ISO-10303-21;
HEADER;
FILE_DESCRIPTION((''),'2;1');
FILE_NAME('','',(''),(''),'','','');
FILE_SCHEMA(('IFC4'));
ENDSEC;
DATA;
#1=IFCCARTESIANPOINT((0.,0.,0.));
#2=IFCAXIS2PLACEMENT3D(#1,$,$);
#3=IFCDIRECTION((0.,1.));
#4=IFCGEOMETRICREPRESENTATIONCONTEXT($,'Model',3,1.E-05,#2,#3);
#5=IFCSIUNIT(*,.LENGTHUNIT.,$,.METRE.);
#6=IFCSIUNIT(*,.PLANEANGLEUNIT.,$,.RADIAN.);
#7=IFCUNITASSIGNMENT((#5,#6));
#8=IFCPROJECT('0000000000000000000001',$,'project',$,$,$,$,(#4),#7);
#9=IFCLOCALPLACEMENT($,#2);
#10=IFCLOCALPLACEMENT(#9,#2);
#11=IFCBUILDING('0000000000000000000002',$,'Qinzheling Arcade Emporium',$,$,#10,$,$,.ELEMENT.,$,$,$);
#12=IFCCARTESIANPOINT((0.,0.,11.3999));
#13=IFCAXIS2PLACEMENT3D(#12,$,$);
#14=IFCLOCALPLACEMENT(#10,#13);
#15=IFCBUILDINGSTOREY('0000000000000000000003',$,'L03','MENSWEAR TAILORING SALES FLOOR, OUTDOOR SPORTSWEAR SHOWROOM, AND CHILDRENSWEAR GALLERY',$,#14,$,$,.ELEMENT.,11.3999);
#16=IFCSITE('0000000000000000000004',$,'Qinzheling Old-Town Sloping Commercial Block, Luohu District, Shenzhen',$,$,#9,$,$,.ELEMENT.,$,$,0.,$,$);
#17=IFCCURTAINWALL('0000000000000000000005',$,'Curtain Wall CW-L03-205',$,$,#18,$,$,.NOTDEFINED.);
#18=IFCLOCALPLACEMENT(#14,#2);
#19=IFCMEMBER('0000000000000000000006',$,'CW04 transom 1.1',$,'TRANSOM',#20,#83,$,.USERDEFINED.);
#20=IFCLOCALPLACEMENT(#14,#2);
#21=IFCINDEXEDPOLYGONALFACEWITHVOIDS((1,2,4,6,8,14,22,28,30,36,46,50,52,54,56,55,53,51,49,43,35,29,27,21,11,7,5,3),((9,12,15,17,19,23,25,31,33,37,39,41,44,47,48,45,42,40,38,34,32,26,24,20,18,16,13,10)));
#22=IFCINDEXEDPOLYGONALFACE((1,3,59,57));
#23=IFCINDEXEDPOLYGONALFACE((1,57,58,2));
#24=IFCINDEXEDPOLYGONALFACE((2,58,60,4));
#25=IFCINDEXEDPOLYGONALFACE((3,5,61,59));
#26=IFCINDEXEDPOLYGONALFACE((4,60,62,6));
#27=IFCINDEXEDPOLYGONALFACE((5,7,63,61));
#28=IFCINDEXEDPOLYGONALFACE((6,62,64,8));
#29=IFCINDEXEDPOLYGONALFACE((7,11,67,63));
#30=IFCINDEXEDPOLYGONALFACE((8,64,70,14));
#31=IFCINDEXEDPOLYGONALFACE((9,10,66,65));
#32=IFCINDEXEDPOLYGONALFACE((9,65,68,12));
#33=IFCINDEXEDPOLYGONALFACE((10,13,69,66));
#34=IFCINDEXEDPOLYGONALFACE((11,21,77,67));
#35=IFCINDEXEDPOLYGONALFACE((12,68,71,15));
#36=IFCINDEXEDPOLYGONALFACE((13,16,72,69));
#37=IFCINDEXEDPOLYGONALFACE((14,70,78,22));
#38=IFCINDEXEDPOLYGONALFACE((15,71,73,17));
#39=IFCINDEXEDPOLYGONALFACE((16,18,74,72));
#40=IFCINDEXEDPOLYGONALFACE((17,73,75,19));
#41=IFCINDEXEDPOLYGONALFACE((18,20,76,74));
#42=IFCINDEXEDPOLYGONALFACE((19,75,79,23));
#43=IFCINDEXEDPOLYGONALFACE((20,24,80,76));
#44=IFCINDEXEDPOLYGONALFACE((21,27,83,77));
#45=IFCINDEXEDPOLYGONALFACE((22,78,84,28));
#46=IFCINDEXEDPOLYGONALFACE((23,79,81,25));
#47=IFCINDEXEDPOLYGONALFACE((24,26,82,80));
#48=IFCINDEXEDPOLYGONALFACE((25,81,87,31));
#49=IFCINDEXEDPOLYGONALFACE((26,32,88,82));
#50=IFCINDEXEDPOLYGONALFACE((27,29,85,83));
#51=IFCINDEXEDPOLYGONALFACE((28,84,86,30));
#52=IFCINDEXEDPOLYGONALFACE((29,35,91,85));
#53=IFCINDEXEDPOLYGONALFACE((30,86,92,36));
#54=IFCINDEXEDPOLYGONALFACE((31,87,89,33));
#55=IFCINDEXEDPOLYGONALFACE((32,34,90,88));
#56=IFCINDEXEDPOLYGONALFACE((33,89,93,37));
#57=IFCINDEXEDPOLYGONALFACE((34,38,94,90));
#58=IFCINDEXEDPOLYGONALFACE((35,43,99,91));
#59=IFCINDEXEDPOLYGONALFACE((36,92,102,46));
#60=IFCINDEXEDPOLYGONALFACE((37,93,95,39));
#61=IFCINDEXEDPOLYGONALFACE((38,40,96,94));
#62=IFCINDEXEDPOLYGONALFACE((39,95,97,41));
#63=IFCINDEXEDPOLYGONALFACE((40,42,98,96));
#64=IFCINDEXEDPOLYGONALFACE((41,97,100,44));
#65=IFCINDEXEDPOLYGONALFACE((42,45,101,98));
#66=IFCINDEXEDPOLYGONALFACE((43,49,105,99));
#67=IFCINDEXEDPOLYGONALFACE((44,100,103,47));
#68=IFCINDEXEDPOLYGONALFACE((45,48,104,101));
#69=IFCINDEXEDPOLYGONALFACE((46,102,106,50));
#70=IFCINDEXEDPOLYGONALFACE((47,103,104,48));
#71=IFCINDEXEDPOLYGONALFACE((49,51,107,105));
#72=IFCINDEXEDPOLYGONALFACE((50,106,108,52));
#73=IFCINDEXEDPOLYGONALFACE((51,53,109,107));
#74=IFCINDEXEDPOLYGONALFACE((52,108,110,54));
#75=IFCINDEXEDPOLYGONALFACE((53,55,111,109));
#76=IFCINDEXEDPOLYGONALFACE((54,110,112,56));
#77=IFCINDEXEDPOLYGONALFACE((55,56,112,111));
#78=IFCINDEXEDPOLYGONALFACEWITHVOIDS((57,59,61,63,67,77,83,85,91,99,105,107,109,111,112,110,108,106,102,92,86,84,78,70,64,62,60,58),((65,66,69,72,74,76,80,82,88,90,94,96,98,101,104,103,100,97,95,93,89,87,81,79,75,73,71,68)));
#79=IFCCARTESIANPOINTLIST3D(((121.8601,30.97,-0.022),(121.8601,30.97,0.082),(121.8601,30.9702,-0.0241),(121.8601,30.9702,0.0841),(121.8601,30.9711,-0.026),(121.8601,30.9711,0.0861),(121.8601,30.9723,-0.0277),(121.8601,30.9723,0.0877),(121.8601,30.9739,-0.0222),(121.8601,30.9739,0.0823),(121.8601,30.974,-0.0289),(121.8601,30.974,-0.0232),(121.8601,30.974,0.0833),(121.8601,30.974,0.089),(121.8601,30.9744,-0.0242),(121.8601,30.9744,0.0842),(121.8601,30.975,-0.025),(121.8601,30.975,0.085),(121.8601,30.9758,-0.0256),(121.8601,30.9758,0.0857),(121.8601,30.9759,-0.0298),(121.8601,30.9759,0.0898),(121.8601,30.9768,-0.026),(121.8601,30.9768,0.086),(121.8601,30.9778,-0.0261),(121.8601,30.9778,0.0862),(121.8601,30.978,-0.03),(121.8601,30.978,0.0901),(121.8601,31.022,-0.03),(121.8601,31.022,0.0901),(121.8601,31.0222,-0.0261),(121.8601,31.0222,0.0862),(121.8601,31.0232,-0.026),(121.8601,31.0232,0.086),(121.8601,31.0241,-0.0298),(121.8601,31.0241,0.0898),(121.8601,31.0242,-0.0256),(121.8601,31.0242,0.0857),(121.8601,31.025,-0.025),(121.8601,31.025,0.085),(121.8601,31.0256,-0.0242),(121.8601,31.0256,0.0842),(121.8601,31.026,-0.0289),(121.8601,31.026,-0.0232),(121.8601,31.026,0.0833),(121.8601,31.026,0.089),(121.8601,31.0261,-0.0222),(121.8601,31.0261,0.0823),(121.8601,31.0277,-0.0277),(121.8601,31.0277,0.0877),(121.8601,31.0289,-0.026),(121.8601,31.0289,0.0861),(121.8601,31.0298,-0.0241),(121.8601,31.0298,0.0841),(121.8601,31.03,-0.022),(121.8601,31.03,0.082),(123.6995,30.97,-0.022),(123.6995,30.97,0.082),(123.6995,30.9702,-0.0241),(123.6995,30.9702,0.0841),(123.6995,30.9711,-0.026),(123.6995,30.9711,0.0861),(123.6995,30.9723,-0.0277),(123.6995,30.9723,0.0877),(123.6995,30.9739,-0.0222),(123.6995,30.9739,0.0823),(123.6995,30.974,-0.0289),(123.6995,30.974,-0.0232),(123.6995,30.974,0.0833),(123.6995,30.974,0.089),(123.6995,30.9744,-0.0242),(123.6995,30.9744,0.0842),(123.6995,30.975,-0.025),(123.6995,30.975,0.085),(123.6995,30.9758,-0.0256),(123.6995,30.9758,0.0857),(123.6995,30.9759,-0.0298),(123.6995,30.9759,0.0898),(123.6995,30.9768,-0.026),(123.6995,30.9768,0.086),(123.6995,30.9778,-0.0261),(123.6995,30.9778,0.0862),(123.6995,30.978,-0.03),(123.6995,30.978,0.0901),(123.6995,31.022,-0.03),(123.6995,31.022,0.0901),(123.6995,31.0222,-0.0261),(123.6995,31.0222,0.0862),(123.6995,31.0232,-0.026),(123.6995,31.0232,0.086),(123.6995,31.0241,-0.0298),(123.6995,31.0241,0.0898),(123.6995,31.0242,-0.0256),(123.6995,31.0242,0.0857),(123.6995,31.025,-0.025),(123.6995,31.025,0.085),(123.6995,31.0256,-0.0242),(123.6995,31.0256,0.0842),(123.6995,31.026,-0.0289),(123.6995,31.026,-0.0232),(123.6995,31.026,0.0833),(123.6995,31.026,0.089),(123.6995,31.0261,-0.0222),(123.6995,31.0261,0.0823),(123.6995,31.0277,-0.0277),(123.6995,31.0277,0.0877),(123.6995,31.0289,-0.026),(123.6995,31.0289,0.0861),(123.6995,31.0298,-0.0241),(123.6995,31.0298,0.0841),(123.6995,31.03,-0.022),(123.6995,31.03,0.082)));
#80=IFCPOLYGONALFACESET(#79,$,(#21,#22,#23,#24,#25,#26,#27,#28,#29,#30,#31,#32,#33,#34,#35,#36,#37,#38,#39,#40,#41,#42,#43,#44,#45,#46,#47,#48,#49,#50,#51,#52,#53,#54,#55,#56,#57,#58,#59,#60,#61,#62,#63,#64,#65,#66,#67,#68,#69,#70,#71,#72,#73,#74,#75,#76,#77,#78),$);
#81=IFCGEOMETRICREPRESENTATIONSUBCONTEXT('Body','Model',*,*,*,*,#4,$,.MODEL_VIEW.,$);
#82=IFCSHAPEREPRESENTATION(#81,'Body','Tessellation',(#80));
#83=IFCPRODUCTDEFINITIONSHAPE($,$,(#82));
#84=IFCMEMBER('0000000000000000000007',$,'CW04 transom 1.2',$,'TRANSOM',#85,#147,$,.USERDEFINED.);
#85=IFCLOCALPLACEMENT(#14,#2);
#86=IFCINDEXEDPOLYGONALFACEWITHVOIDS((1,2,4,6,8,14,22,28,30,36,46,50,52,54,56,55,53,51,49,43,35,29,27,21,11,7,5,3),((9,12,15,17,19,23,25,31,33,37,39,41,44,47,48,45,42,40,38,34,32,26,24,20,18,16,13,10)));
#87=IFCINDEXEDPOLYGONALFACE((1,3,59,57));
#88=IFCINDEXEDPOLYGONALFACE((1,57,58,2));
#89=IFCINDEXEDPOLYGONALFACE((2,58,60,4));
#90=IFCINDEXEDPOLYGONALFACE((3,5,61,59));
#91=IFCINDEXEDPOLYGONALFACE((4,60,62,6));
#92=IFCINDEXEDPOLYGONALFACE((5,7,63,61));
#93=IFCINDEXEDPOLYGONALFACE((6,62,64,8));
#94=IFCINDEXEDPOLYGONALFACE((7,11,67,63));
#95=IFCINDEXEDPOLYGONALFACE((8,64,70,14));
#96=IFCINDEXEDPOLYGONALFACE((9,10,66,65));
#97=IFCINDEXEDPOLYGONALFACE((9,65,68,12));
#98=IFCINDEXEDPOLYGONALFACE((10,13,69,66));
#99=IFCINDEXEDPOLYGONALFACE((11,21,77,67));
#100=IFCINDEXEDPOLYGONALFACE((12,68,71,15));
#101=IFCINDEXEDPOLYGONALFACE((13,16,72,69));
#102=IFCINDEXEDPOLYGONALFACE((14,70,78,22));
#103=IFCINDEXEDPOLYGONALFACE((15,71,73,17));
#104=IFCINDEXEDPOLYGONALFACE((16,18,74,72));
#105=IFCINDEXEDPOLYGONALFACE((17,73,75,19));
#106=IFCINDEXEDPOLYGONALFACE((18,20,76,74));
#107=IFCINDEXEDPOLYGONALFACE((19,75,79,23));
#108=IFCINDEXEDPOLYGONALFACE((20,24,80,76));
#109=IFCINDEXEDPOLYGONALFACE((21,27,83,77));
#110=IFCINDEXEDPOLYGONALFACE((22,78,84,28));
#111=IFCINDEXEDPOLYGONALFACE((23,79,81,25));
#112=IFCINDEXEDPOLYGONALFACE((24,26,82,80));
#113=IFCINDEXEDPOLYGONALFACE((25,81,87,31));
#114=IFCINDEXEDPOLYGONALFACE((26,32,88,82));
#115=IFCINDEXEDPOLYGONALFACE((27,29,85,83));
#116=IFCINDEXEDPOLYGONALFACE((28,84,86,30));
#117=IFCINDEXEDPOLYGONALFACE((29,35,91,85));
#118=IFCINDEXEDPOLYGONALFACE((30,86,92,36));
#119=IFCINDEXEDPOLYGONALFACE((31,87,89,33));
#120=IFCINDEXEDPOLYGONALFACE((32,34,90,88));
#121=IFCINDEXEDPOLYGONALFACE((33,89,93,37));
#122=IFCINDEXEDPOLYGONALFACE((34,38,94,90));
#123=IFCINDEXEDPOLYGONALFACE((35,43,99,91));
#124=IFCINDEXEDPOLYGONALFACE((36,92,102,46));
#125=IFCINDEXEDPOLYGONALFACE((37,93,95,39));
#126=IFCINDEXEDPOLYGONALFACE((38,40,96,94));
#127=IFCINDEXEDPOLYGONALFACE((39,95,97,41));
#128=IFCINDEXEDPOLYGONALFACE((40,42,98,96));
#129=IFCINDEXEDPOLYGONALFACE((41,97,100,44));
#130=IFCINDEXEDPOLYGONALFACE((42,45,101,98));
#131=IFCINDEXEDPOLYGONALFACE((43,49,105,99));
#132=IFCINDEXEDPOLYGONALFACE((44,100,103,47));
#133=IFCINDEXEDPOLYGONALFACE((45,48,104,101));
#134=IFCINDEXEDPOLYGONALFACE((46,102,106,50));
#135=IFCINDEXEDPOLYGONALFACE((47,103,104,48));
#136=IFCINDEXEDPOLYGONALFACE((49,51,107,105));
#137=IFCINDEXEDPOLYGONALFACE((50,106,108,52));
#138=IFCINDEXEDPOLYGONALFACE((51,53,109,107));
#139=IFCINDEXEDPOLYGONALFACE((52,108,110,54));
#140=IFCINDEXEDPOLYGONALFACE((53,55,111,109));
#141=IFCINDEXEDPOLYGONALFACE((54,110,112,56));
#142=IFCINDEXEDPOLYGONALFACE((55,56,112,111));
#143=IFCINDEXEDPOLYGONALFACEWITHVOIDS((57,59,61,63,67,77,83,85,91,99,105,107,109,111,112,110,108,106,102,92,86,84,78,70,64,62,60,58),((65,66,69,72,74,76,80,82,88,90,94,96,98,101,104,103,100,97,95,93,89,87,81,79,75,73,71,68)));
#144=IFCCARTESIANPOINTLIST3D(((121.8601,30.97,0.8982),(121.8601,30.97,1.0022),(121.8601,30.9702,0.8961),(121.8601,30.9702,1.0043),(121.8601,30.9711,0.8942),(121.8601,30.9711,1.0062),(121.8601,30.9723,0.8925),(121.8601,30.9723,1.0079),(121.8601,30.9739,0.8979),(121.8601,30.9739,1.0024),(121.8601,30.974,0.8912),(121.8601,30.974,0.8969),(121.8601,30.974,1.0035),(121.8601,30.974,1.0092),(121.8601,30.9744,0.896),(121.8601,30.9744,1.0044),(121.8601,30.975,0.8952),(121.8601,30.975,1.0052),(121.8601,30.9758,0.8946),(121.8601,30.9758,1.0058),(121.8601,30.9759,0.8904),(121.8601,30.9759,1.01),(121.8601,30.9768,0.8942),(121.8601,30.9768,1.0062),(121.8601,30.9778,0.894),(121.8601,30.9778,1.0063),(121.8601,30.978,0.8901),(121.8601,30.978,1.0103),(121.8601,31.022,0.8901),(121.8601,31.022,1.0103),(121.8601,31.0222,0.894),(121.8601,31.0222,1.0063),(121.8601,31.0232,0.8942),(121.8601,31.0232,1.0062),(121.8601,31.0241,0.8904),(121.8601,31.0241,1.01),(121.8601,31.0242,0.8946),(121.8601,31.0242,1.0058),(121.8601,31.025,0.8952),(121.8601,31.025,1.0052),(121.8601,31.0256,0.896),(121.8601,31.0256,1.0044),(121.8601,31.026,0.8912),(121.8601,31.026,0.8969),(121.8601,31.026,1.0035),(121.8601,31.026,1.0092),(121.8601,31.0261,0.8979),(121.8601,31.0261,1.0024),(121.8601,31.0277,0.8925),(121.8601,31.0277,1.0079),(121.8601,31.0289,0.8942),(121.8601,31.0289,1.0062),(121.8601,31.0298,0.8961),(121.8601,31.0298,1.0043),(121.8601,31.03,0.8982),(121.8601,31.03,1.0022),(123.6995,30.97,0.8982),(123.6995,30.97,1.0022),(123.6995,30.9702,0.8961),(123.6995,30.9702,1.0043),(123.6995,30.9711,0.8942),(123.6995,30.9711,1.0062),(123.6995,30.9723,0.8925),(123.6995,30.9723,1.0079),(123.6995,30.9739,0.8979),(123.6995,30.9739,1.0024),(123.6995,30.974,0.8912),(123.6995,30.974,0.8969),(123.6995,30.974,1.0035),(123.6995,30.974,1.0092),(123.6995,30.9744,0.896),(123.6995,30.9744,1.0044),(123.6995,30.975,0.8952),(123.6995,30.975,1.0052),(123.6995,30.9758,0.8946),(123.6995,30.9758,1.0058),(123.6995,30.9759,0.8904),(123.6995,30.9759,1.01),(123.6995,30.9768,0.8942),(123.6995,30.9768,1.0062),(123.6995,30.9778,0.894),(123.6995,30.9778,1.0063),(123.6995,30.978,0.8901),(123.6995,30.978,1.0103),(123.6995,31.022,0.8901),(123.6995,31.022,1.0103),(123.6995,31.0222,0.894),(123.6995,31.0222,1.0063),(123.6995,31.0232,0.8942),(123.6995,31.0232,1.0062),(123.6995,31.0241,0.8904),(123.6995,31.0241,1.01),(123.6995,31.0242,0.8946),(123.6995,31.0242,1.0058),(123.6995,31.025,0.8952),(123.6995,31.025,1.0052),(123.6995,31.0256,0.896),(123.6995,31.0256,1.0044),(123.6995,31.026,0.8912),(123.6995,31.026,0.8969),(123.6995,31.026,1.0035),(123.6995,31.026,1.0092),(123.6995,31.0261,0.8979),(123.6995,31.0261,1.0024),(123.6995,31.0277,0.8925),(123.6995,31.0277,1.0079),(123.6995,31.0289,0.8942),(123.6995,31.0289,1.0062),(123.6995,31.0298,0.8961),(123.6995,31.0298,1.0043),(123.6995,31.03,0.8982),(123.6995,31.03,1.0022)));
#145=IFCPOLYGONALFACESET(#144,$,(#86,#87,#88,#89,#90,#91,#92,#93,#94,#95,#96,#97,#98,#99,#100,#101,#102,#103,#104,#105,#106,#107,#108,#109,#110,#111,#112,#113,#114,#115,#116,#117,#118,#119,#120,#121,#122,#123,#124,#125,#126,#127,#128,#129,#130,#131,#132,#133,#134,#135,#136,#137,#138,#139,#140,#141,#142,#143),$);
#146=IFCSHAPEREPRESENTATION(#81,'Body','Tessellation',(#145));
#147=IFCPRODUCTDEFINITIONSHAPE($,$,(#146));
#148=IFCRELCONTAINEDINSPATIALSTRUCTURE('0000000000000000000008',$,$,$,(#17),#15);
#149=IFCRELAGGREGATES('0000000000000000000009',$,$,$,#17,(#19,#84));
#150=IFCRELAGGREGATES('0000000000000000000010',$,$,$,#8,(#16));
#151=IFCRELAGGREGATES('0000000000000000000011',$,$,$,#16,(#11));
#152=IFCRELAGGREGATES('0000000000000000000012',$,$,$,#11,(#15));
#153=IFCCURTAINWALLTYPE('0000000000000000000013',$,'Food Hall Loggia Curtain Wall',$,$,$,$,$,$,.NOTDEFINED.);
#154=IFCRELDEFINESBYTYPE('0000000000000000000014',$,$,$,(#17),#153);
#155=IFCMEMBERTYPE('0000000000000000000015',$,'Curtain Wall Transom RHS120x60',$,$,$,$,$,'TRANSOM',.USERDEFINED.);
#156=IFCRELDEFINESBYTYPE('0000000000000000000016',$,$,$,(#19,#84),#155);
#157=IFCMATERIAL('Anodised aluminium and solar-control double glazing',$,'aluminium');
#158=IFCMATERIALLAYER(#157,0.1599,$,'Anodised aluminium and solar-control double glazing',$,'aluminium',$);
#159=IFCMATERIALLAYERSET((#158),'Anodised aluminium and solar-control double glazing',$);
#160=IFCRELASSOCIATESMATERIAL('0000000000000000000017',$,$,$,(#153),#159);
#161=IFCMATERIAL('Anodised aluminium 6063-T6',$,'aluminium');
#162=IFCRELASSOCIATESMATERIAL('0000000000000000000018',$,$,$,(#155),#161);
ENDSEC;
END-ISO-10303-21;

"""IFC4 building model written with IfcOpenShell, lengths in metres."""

from ifc_helpers import new_model, si_unit, direction, frame, origin, origin_2d, place, context, subcontext, project, spatial, hollow_rectangle, extrude, material, layer, layer_set, material_profile, profile_set, type_object, element, aggregate, save


model = new_model("IFC4")

# Units and contexts
model_context = context("Model", 3, precision=1e-05, world=origin(), true_north=direction((0.0, 1.0)))
body_context = subcontext(model_context, "Body", "Model", "MODEL_VIEW")
ifc_project = project(units=[si_unit("LENGTHUNIT", "METRE"), si_unit("PLANEANGLEUNIT", "RADIAN")], contexts=[model_context])

# Site, building, storey
site_placement = place(None, origin())
site = spatial("IfcSite", under=ifc_project, at=site_placement, Name="Qinzheling Old-Town Sloping Commercial Block, Luohu District, Shenzhen", CompositionType="ELEMENT", RefElevation=0.0)
building_placement = place(site_placement, origin())
building = spatial("IfcBuilding", under=site, at=building_placement, Name="Qinzheling Arcade Emporium", CompositionType="ELEMENT")
storey_placement = place(building_placement, frame((0.0, 0.0, 11.3999)))
storey = spatial("IfcBuildingStorey", under=building, at=storey_placement, Name="L03", Description="MENSWEAR TAILORING SALES FLOOR, OUTDOOR SPORTSWEAR SHOWROOM, AND CHILDRENSWEAR GALLERY", CompositionType="ELEMENT", Elevation=11.3999)

# Shared definitions
ifc_material_1 = material(Name="Anodised aluminium and solar-control double glazing", Category="aluminium")
ifc_layer_1 = layer(ifc_material_1, 0.1599, Name="Anodised aluminium and solar-control double glazing", Category="aluminium")
ifc_layer_set_1 = layer_set([ifc_layer_1], Name="Anodised aluminium and solar-control double glazing")
curtain_wall_type = type_object("IfcCurtainWallType", Name="Food Hall Loggia Curtain Wall", PredefinedType="NOTDEFINED", material=ifc_layer_set_1)
ifc_material_2 = material(Name="Anodised aluminium 6063-T6", Category="aluminium")

# Curtain wall, members
curtain_wall_1_placement = place(storey_placement, origin())
curtain_wall_1 = element("IfcCurtainWall", 1, at=curtain_wall_1_placement, inside=storey, type_object=curtain_wall_type, Name="Curtain Wall CW-L03-205", PredefinedType="NOTDEFINED")
ifc_material_profile_1 = material_profile(ifc_material_2, hollow_rectangle(XDim=0.0601, YDim=0.1201, WallThickness=0.0039, InnerFilletRadius=0.0039, OuterFilletRadius=0.0081, at=origin_2d()), Name="RHS 120x60x4", Category="aluminium")
ifc_profile_set_1 = profile_set([ifc_material_profile_1], Name="Anodised aluminium 6063-T6")
member_type_1 = type_object("IfcMemberType", Name="Curtain Wall Transom RHS120x60", ElementType="TRANSOM", PredefinedType="USERDEFINED", material=ifc_profile_set_1)
member_1_placement = place(storey_placement, frame((121.8601, 31.0, 0.03), z_axis=(1.0, 0.0, 0.0), x_axis=(0.0, 1.0, 0.0)))
member_1 = element("IfcMember", 2, at=member_1_placement, type_object=member_type_1, Name="CW04 transom 1.1", ObjectType="TRANSOM", PredefinedType="USERDEFINED", context=body_context, shape_type="SweptSolid", body=[
    extrude(hollow_rectangle(XDim=0.0601, YDim=0.1201, WallThickness=0.0039, InnerFilletRadius=0.0039, OuterFilletRadius=0.0081, at=origin_2d()), origin(), (0.0, 0.0, 1.0), 1.8394),
])
member_2_placement = place(storey_placement, frame((121.8601, 31.0, 0.9502), z_axis=(1.0, 0.0, 0.0), x_axis=(0.0, 1.0, 0.0)))
member_2 = element("IfcMember", 3, at=member_2_placement, type_object=member_type_1, Name="CW04 transom 1.2", ObjectType="TRANSOM", PredefinedType="USERDEFINED", context=body_context, shape_type="SweptSolid", body=[
    extrude(hollow_rectangle(XDim=0.0601, YDim=0.1201, WallThickness=0.0039, InnerFilletRadius=0.0039, OuterFilletRadius=0.0081, at=origin_2d()), origin(), (0.0, 0.0, 1.0), 1.8394),
])

aggregate(curtain_wall_1, [member_1, member_2])

save(model, "model.ifc")
